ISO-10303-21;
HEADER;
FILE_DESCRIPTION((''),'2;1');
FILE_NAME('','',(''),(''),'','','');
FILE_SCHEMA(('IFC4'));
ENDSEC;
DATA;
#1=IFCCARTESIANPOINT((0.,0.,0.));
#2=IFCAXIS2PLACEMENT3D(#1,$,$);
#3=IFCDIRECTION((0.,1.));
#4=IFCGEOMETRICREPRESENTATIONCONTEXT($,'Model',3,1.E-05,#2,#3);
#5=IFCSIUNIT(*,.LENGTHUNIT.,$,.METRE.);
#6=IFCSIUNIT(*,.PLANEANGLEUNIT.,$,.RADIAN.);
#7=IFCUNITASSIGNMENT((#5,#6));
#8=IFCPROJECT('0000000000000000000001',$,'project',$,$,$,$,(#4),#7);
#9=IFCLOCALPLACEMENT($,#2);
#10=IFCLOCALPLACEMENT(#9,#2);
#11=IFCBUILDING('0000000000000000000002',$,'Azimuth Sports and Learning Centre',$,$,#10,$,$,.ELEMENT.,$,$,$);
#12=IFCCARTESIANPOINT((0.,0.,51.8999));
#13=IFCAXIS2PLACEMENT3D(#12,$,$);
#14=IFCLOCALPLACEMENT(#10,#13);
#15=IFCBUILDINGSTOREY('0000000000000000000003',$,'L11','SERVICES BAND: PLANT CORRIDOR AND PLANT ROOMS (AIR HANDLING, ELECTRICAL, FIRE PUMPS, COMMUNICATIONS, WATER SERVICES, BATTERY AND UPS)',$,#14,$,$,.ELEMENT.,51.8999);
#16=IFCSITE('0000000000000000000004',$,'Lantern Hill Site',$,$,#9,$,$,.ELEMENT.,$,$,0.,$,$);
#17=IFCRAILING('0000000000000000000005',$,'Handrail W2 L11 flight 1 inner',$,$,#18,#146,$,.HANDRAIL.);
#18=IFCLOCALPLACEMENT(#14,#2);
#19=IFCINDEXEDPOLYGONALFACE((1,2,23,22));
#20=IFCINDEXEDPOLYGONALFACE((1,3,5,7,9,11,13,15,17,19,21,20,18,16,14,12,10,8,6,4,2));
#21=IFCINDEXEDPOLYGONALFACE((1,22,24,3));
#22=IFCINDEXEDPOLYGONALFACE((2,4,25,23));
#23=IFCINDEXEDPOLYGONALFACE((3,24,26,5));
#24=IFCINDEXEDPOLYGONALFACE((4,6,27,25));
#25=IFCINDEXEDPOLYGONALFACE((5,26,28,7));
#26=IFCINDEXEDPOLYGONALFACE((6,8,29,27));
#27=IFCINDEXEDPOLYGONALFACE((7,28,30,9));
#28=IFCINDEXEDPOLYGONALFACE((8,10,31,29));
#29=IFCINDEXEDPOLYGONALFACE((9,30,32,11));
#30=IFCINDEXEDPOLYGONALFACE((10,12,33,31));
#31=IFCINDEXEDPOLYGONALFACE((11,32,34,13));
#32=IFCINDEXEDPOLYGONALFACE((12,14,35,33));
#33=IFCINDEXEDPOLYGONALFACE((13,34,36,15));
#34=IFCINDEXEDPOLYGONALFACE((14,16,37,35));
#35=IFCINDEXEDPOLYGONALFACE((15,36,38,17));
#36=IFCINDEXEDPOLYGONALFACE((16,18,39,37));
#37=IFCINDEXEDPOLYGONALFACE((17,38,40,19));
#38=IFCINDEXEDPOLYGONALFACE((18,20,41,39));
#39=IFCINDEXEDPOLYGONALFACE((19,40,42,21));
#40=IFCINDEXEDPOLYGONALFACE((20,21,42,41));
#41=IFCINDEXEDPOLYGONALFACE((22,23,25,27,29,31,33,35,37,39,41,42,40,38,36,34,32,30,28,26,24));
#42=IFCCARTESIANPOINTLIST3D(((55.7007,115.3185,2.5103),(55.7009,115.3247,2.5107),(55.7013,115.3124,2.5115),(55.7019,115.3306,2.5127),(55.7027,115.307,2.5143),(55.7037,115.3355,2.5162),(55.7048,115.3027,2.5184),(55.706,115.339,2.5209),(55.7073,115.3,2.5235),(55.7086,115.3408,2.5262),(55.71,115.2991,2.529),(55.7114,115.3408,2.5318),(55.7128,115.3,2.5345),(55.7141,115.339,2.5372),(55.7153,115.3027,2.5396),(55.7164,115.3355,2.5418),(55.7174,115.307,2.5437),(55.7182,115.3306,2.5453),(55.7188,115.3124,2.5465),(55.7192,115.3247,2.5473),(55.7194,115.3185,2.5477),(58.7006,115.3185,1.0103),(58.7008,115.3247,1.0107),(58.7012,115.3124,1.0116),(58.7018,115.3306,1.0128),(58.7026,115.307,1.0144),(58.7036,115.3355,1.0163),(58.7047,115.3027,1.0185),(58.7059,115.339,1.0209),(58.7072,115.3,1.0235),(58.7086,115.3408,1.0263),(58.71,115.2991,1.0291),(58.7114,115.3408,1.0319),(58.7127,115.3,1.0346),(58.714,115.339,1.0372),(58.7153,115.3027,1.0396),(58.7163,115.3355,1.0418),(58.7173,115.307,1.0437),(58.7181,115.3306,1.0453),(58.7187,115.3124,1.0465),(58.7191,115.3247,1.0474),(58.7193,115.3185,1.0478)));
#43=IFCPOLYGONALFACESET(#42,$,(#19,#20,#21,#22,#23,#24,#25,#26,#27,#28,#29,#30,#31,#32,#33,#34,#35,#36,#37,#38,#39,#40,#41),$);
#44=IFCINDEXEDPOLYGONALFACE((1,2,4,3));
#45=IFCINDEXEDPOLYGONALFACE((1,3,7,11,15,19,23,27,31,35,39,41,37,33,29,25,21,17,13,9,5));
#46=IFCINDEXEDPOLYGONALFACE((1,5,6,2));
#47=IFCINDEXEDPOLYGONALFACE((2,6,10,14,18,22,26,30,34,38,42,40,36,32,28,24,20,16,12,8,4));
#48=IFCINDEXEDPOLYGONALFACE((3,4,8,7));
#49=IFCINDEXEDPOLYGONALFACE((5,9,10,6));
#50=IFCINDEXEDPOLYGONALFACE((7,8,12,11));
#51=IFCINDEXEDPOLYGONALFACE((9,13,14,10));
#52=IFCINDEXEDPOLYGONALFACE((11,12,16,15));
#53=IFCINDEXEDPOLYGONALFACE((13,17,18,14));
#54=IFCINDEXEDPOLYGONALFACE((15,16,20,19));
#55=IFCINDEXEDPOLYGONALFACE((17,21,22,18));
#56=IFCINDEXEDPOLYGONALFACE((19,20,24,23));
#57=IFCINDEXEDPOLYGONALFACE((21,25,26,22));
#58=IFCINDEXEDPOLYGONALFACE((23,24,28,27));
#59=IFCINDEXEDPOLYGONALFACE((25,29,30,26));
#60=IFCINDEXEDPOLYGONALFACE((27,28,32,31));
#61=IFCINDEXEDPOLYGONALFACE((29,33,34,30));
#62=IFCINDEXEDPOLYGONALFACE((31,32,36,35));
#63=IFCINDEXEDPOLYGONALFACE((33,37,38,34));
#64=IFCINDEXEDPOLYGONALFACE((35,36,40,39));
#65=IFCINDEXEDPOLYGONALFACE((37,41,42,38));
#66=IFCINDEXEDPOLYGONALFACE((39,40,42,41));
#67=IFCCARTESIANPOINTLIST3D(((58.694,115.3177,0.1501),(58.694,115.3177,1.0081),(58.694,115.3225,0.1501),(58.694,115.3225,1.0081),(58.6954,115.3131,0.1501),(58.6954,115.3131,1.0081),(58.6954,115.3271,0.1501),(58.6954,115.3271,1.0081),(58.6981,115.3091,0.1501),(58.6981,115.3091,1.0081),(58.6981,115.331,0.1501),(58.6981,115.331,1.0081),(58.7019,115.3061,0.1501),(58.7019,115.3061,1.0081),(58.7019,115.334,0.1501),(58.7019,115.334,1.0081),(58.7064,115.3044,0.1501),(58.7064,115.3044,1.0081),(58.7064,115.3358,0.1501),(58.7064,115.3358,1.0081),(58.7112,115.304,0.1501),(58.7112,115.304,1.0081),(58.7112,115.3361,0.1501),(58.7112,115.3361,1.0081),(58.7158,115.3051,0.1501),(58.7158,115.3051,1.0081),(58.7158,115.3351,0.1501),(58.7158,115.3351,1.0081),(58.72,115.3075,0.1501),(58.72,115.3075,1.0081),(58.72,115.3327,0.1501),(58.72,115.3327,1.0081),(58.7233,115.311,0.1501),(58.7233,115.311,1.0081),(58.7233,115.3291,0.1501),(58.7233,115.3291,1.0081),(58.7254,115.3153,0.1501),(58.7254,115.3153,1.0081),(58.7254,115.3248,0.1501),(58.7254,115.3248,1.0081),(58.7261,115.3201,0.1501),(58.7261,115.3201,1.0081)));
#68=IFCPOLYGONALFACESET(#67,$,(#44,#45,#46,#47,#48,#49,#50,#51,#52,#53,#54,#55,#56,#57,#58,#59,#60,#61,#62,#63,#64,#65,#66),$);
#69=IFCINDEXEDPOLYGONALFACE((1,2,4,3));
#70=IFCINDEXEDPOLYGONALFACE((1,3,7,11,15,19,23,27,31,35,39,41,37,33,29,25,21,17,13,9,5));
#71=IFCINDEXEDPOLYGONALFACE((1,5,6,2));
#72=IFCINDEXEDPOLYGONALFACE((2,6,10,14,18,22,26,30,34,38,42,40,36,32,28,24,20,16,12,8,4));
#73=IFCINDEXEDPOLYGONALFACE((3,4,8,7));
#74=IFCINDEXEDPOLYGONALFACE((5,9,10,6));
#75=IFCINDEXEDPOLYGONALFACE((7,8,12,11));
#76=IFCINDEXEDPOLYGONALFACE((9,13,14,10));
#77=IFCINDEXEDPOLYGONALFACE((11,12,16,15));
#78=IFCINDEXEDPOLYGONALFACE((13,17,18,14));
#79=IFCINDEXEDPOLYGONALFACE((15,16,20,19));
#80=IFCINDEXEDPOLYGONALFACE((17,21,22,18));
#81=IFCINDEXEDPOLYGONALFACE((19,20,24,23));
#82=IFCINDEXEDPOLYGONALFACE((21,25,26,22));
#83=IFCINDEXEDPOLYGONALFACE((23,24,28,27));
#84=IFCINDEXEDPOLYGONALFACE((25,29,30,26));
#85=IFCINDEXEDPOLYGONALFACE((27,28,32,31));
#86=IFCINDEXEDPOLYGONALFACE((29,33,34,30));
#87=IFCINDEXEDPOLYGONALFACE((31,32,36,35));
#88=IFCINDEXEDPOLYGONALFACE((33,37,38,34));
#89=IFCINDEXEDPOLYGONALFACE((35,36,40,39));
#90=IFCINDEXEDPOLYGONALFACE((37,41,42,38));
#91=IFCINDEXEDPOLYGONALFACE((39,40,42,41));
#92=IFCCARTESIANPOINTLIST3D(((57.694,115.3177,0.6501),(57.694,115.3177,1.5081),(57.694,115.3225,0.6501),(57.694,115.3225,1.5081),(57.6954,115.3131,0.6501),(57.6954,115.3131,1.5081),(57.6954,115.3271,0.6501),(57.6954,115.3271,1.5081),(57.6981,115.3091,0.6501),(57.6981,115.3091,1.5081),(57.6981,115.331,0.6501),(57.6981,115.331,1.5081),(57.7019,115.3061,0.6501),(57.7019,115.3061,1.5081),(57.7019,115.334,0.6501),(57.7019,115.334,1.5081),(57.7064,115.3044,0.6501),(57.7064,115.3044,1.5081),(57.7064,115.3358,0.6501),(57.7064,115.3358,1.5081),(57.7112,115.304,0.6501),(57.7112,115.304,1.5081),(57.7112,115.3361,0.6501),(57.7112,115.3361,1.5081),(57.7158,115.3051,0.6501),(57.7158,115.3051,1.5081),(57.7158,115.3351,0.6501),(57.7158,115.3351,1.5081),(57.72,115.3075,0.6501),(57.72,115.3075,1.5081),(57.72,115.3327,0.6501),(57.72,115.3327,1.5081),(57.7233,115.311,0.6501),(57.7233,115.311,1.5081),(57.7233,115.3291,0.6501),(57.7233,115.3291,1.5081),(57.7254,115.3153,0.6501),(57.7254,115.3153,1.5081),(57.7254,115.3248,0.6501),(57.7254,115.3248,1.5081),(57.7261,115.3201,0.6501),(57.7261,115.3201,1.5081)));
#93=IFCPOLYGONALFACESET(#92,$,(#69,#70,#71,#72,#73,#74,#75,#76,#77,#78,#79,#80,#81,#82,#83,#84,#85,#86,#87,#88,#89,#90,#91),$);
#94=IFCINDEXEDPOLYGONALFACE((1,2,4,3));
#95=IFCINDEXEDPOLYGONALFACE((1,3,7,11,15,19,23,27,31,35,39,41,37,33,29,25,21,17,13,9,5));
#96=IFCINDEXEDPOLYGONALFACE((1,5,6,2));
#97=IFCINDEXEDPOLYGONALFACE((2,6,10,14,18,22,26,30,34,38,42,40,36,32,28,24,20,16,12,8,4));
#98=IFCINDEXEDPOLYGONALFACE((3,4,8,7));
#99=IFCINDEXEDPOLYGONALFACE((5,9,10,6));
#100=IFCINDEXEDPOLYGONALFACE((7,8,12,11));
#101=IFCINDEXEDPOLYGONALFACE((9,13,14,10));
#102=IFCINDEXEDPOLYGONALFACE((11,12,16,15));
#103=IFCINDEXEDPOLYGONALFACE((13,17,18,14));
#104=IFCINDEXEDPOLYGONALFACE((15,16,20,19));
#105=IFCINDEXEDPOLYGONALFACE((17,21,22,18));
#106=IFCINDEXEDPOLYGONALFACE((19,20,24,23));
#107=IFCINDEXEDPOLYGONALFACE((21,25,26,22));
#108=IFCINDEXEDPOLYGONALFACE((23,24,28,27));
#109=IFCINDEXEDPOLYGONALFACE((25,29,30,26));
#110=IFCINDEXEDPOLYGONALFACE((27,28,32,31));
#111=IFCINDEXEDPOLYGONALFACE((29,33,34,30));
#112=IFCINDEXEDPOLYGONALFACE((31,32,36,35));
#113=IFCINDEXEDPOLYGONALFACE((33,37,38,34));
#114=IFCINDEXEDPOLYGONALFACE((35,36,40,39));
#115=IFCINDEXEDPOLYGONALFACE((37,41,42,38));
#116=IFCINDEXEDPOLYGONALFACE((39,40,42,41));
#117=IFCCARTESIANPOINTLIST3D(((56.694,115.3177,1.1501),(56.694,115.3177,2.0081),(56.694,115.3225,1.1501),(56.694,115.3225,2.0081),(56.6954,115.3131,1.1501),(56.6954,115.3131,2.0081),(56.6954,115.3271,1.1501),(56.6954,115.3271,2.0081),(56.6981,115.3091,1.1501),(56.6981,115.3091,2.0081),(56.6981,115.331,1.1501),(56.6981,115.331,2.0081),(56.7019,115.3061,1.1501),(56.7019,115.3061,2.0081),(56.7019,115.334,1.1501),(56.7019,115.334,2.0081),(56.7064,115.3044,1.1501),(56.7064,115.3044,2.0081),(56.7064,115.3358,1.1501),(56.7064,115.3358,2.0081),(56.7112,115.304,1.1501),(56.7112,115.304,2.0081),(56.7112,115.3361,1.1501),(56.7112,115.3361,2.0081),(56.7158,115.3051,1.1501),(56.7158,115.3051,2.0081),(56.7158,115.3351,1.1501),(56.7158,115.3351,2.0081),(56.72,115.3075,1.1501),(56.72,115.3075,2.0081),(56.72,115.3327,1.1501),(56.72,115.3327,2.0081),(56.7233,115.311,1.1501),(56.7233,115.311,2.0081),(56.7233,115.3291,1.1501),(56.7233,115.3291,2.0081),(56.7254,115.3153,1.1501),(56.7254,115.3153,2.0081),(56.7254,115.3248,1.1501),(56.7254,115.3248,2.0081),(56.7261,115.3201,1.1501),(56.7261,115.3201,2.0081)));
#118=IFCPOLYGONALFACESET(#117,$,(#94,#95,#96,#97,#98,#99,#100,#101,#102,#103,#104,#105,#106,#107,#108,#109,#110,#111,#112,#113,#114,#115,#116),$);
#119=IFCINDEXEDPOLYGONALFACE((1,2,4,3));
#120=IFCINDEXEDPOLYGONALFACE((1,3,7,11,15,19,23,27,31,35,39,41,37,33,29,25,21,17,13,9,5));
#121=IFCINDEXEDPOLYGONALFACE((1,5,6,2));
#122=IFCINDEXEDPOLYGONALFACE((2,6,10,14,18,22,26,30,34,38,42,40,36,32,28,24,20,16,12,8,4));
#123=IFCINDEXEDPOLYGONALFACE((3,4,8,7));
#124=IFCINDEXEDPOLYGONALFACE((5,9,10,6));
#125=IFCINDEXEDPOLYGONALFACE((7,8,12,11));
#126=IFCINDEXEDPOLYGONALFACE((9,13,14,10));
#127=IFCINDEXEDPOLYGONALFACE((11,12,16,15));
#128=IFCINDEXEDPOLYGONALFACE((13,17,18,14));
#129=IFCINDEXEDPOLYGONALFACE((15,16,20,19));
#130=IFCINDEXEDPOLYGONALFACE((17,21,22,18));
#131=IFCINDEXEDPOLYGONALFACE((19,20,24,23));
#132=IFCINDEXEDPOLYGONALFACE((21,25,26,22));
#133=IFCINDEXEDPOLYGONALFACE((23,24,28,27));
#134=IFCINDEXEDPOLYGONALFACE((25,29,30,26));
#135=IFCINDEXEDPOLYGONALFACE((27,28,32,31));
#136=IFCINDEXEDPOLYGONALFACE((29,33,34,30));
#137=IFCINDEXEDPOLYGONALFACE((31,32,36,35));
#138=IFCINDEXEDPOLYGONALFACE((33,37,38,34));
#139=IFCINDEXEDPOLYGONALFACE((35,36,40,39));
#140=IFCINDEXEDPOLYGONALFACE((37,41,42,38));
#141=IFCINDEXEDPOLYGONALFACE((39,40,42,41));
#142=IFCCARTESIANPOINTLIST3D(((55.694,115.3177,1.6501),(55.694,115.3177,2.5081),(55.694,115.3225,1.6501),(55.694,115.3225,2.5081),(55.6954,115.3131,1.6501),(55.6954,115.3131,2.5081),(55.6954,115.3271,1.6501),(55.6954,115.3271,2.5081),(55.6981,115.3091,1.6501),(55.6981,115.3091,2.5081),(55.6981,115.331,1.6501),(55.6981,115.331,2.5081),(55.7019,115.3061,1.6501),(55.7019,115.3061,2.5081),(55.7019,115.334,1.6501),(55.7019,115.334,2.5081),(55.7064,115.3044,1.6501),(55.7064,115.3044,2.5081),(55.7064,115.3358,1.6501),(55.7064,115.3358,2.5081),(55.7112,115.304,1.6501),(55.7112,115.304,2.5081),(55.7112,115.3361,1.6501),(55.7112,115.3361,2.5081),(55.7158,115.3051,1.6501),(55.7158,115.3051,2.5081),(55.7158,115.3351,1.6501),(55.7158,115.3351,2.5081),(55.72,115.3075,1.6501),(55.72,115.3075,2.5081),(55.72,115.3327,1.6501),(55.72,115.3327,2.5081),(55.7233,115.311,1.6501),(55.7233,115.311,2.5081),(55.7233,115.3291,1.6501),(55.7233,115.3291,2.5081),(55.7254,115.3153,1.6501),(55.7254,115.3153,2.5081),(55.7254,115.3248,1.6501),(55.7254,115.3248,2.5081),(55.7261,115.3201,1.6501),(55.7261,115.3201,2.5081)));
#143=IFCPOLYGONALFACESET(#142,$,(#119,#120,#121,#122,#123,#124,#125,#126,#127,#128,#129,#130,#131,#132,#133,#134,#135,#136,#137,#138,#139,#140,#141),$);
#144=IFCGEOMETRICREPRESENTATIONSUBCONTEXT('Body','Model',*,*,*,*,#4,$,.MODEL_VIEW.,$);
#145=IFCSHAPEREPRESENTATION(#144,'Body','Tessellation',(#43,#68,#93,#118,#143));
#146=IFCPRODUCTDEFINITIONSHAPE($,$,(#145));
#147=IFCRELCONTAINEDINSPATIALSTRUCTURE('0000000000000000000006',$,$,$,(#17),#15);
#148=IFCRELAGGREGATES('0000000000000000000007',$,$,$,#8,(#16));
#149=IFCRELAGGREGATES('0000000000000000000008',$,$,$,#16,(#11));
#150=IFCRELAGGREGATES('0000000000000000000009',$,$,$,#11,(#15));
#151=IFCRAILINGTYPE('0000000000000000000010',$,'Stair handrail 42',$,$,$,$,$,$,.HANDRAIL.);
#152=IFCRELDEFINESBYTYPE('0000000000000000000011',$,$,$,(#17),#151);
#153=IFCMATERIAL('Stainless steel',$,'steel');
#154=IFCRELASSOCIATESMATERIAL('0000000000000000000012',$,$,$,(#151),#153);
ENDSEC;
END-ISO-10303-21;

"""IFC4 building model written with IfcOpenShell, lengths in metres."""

from ifc_helpers import new_model, si_unit, direction, frame, origin, origin_2d, place, context, subcontext, project, spatial, circle, extrude, material, type_object, element, save


model = new_model("IFC4")

# Units and contexts
model_context = context("Model", 3, precision=1e-05, world=origin(), true_north=direction((0.0, 1.0)))
body_context = subcontext(model_context, "Body", "Model", "MODEL_VIEW")
ifc_project = project(units=[si_unit("LENGTHUNIT", "METRE"), si_unit("PLANEANGLEUNIT", "RADIAN")], contexts=[model_context])

# Site, building, storey
site_placement = place(None, origin())
site = spatial("IfcSite", under=ifc_project, at=site_placement, Name="Lantern Hill Site", CompositionType="ELEMENT", RefElevation=0.0)
building_placement = place(site_placement, origin())
building = spatial("IfcBuilding", under=site, at=building_placement, Name="Azimuth Sports and Learning Centre", CompositionType="ELEMENT")
storey_placement = place(building_placement, frame((0.0, 0.0, 51.8999)))
storey = spatial("IfcBuildingStorey", under=building, at=storey_placement, Name="L11", Description="SERVICES BAND: PLANT CORRIDOR AND PLANT ROOMS (AIR HANDLING, ELECTRICAL, FIRE PUMPS, COMMUNICATIONS, WATER SERVICES, BATTERY AND UPS)", CompositionType="ELEMENT", Elevation=51.8999)

# Railing
ifc_material_1 = material(Name="Stainless steel", Category="steel")
railing_type_1 = type_object("IfcRailingType", Name="Stair handrail 42", PredefinedType="HANDRAIL", material=ifc_material_1)
for number, where, name in (
    (1, (58.71, 115.3201, 0.1501), "Handrail W2 L11 flight 1 inner"),
):
    element("IfcRailing", number, at=place(storey_placement, frame(where)), inside=storey, type_object=railing_type_1, Name=name, PredefinedType="HANDRAIL", context=body_context, shape_type="SweptSolid", body=[
        extrude(circle(Radius=0.021, at=origin_2d()), frame((0.0, 0.0, 0.8789), z_axis=(-0.894427, 0.0, 0.447214), x_axis=(0.0, -1.0, 0.0)), (0.0, 0.0, 1.0), 3.354),
        extrude(circle(Radius=0.0161, at=origin_2d()), origin(), (0.0, 0.0, 1.0), 0.8579),
        extrude(circle(Radius=0.0161, at=origin_2d()), frame((-1.0, 0.0, 0.5)), (0.0, 0.0, 1.0), 0.8579),
        extrude(circle(Radius=0.0161, at=origin_2d()), frame((-2.0, 0.0, 1.0)), (0.0, 0.0, 1.0), 0.8579),
        extrude(circle(Radius=0.0161, at=origin_2d()), frame((-3.0, 0.0, 1.5)), (0.0, 0.0, 1.0), 0.8579),
    ])

save(model, "model.ifc")
